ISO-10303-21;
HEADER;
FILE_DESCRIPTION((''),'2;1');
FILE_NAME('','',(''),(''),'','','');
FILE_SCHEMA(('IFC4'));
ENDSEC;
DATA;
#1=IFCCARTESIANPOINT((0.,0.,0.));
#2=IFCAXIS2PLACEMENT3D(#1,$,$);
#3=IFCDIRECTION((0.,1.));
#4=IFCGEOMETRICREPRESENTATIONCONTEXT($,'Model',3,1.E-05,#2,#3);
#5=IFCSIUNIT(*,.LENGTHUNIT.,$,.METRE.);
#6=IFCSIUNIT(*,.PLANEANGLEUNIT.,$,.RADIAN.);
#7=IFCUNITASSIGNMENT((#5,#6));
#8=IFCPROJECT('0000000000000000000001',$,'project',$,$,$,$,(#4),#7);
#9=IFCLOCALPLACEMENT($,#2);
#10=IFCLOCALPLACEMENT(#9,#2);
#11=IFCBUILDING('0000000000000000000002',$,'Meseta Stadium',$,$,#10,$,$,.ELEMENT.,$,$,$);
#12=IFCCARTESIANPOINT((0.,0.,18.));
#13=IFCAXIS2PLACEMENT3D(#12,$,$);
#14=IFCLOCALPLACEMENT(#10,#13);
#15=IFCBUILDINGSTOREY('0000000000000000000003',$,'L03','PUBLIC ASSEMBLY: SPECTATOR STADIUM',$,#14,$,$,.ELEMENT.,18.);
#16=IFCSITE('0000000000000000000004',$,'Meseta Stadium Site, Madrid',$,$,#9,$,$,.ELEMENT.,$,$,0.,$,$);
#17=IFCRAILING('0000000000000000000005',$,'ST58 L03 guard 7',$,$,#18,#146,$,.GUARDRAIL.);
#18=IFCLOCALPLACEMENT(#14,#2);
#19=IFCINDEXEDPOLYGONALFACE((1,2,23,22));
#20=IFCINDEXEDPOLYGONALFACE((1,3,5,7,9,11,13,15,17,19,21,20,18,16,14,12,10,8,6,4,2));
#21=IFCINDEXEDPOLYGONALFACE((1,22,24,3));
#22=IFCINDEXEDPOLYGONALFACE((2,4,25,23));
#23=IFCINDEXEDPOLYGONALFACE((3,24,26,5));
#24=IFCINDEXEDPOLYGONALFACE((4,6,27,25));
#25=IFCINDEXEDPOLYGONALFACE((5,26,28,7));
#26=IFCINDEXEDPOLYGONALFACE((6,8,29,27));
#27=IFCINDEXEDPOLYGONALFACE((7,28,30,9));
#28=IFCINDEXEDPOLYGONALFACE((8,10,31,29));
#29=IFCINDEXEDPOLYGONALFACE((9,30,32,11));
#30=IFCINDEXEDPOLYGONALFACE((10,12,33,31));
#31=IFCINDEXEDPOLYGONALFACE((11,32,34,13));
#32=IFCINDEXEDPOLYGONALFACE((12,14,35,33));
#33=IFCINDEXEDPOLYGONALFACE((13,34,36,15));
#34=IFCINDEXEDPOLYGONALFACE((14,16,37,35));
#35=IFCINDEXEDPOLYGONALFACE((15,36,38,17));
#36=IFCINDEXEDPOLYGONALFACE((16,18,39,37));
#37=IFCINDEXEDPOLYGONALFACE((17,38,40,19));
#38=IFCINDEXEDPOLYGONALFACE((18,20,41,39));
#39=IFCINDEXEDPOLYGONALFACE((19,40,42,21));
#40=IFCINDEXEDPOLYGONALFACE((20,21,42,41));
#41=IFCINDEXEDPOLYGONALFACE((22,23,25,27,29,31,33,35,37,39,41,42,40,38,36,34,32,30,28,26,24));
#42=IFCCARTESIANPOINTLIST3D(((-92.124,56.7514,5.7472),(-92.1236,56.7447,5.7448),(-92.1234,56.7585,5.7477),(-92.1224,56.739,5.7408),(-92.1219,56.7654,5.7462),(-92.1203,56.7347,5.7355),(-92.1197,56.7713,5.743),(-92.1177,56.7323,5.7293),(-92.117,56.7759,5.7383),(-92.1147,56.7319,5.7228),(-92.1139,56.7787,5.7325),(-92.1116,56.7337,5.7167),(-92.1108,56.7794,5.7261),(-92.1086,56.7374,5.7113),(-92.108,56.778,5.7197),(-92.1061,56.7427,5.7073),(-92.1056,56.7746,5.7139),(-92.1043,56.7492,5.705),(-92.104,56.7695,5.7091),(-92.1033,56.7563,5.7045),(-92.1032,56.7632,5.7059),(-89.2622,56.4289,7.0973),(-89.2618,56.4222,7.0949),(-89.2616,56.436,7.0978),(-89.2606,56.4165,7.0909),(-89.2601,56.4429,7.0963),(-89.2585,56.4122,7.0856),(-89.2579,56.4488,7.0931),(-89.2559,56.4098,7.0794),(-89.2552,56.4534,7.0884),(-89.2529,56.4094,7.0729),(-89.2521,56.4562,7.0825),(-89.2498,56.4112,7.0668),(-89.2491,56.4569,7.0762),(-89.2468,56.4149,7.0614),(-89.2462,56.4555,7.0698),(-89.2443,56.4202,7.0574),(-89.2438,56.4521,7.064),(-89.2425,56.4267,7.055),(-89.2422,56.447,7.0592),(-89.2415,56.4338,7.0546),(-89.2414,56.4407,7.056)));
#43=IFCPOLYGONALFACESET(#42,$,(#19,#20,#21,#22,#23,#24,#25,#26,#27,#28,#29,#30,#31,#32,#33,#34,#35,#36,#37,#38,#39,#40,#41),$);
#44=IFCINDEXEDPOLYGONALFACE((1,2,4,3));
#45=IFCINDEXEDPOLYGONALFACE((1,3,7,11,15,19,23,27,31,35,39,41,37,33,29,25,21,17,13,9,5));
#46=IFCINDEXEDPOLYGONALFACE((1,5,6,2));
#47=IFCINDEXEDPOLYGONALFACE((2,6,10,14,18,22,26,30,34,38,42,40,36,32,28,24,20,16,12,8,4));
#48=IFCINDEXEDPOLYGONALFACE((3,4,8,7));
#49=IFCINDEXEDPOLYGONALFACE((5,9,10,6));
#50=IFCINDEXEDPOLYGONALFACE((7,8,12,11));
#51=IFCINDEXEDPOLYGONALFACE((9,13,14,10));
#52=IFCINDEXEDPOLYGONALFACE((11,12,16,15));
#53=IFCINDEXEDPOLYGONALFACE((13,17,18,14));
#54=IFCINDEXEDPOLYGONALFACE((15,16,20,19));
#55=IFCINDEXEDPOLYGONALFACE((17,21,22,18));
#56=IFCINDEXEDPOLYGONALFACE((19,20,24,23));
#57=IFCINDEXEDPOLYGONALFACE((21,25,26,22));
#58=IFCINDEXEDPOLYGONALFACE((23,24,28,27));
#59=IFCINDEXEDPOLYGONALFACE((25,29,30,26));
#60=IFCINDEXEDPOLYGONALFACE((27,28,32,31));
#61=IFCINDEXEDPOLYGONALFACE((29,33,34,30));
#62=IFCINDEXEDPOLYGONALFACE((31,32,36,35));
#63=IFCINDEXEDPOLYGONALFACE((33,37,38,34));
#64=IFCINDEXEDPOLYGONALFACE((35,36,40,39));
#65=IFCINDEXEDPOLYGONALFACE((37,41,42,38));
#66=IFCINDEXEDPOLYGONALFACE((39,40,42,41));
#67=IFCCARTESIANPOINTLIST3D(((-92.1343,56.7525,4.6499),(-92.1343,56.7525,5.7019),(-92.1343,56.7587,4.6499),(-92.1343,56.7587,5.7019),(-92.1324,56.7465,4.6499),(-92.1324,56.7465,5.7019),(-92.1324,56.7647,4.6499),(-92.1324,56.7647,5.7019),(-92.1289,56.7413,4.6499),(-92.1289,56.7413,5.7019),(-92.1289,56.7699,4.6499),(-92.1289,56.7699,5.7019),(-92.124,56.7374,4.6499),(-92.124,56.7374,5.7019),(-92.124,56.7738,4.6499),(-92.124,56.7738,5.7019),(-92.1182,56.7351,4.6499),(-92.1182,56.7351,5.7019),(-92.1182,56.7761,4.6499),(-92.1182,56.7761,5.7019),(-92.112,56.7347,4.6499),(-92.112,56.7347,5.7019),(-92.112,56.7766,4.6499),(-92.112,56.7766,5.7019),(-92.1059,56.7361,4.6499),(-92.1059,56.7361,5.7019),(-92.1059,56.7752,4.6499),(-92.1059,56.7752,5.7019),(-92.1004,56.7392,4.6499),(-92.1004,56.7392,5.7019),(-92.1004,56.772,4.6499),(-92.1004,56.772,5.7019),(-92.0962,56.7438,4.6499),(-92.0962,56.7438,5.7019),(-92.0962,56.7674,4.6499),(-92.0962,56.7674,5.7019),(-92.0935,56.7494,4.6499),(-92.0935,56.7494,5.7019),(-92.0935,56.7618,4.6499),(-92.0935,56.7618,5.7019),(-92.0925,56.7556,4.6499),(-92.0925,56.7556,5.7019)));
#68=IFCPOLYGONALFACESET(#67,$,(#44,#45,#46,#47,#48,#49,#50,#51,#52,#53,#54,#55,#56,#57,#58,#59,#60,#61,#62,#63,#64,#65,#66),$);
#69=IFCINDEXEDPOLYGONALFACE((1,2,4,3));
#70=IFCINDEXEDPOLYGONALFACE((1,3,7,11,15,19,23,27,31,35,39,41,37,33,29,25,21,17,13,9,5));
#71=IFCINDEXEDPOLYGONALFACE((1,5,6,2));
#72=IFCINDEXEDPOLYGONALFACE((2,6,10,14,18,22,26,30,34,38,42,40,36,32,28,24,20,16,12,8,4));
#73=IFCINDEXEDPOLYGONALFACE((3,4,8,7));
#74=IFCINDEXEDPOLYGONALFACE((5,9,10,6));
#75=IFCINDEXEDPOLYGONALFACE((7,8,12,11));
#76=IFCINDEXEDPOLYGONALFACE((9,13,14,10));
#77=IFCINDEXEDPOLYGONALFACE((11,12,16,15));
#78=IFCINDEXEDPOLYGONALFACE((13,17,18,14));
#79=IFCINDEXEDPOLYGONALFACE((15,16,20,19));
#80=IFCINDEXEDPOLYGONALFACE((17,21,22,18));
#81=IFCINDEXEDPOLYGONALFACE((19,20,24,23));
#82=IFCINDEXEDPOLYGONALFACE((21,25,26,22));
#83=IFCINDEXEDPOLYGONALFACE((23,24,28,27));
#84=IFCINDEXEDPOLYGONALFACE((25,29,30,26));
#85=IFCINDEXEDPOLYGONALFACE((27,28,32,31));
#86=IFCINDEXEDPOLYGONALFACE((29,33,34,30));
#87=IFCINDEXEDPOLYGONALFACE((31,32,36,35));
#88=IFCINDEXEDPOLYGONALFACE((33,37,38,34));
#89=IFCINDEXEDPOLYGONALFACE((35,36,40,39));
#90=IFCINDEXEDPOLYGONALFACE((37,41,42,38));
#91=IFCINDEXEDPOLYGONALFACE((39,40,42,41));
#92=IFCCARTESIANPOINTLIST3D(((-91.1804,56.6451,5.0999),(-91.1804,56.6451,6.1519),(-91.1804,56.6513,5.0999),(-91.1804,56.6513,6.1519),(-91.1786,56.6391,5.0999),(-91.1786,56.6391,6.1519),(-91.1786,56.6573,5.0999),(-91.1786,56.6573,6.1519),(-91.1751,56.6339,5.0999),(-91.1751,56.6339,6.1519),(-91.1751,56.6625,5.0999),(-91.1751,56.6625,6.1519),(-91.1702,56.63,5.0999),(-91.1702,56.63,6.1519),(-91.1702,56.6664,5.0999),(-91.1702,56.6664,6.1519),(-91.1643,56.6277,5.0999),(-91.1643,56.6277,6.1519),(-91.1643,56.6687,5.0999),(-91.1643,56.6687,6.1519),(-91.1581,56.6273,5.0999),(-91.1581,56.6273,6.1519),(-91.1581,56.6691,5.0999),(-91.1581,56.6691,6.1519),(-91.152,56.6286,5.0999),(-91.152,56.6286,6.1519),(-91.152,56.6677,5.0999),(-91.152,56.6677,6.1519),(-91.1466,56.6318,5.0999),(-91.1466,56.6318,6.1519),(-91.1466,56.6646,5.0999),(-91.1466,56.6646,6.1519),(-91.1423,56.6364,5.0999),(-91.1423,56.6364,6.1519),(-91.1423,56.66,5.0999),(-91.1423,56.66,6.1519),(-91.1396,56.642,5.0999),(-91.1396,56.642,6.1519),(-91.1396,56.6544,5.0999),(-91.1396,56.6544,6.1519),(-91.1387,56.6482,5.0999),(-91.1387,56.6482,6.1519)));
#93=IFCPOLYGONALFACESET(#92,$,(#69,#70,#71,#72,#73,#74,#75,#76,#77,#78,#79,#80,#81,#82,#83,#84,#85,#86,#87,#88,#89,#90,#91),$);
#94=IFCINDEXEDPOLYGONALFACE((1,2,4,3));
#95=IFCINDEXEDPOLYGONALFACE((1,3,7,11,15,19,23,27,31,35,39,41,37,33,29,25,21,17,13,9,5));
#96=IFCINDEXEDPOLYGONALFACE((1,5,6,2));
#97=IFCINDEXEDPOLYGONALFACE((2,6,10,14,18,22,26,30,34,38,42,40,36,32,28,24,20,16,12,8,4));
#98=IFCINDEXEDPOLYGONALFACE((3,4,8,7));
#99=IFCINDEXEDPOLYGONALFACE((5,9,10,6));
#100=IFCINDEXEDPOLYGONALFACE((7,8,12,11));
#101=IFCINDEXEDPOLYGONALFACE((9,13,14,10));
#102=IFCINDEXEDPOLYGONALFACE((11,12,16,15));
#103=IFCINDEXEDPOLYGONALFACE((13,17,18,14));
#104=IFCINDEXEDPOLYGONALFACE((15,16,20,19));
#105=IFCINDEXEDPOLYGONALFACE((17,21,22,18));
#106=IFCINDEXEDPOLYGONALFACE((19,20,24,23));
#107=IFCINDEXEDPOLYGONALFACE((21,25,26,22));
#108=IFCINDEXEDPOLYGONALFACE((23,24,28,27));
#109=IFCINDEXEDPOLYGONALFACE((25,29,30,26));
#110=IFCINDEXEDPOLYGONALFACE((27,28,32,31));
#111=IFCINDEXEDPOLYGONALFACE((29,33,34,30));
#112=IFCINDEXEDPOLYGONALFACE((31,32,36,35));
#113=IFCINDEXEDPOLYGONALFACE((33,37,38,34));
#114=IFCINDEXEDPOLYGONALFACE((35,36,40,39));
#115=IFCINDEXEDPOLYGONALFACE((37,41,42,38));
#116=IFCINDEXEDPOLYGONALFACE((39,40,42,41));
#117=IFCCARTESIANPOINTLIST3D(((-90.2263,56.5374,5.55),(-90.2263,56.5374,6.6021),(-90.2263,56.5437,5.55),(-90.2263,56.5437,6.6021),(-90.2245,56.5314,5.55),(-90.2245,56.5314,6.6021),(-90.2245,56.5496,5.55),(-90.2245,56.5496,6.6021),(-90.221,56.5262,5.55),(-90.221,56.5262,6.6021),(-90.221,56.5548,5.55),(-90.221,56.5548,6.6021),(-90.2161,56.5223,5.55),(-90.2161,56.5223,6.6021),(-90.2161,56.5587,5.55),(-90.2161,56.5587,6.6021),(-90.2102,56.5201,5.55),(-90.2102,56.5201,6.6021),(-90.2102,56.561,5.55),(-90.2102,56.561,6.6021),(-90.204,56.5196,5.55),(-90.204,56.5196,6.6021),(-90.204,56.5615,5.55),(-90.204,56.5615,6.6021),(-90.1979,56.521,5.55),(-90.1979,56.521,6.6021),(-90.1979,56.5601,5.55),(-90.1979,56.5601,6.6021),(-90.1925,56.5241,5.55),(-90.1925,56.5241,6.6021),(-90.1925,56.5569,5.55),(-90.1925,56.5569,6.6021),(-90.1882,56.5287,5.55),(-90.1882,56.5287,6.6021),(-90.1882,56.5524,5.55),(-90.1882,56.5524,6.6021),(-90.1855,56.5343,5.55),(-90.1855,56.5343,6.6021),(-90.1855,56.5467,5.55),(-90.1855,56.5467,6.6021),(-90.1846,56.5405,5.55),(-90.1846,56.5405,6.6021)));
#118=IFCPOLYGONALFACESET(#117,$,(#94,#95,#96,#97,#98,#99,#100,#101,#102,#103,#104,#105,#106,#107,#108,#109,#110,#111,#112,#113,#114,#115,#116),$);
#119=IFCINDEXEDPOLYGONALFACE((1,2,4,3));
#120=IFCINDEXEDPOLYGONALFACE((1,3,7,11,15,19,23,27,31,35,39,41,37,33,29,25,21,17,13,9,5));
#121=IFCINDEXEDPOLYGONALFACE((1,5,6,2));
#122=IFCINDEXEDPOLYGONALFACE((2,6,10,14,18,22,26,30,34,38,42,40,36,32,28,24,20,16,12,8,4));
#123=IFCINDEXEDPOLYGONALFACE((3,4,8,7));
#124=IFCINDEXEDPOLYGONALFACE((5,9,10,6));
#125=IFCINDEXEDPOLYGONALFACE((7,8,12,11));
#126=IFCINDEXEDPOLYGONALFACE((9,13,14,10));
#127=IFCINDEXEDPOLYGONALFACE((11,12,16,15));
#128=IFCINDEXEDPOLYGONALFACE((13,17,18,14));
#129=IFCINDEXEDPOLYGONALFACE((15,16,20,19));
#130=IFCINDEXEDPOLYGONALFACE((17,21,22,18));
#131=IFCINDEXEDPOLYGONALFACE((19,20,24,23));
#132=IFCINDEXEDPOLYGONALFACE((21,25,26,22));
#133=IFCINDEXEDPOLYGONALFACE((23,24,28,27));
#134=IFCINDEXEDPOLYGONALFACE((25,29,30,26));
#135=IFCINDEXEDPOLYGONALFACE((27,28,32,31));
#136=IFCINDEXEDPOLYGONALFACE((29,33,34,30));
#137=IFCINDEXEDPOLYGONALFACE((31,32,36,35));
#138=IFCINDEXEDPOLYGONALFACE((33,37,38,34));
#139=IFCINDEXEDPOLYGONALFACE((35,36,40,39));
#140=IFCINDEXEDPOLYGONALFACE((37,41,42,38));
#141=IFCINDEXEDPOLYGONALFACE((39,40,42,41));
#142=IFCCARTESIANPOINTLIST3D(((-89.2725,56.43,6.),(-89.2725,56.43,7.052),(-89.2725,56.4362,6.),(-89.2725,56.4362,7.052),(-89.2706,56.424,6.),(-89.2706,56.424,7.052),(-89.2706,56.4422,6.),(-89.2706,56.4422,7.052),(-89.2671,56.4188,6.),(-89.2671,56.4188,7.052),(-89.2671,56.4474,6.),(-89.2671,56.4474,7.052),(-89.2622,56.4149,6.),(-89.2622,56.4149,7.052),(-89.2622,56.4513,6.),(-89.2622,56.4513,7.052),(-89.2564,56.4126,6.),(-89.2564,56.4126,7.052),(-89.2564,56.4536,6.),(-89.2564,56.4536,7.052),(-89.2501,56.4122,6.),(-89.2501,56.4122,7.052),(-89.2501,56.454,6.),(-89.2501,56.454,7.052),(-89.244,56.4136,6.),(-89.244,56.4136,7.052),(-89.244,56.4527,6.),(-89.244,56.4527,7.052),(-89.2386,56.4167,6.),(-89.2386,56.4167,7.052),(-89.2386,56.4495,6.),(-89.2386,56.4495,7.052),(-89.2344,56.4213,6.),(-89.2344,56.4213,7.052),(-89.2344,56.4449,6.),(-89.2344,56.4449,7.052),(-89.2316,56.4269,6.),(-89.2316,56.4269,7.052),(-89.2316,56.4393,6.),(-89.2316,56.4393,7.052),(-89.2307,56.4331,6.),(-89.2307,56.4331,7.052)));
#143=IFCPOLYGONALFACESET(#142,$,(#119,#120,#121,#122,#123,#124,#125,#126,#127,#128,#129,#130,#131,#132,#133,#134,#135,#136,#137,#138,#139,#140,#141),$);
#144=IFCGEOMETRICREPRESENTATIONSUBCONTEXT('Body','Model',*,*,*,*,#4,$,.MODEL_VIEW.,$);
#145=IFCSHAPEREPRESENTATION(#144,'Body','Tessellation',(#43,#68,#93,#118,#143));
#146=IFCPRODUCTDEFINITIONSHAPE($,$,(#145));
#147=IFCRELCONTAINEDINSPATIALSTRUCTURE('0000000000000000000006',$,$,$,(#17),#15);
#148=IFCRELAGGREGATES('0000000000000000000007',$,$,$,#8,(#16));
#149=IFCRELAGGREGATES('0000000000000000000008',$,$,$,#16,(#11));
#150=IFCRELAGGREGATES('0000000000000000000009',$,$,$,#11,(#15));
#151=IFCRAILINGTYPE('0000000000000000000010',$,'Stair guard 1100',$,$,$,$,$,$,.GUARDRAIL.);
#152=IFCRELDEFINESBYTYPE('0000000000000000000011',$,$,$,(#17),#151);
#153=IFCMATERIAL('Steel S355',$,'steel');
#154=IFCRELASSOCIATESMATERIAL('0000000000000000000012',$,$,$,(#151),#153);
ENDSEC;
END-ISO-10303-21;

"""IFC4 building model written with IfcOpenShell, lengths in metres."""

from ifc_helpers import new_model, si_unit, direction, frame, origin, origin_2d, place, context, subcontext, project, spatial, circle, extrude, material, type_object, element, save


model = new_model("IFC4")

# Units and contexts
model_context = context("Model", 3, precision=1e-05, world=origin(), true_north=direction((0.0, 1.0)))
body_context = subcontext(model_context, "Body", "Model", "MODEL_VIEW")
ifc_project = project(units=[si_unit("LENGTHUNIT", "METRE"), si_unit("PLANEANGLEUNIT", "RADIAN")], contexts=[model_context])

# Site, building, storey
site_placement = place(None, origin())
site = spatial("IfcSite", under=ifc_project, at=site_placement, Name="Meseta Stadium Site, Madrid", CompositionType="ELEMENT", RefElevation=0.0)
building_placement = place(site_placement, origin())
building = spatial("IfcBuilding", under=site, at=building_placement, Name="Meseta Stadium", CompositionType="ELEMENT")
storey_placement = place(building_placement, frame((0.0, 0.0, 18.0)))
storey = spatial("IfcBuildingStorey", under=building, at=storey_placement, Name="L03", Description="PUBLIC ASSEMBLY: SPECTATOR STADIUM", CompositionType="ELEMENT", Elevation=18.0)

# Railing
ifc_material_1 = material(Name="Steel S355", Category="steel")
railing_type_1 = type_object("IfcRailingType", Name="Stair guard 1100", PredefinedType="GUARDRAIL", material=ifc_material_1)
railing_1_placement = place(storey_placement, frame((-92.1135, 56.7556, 4.6499)))
element("IfcRailing", 1, at=railing_1_placement, inside=storey, type_object=railing_type_1, Name="ST58 L03 guard 7", PredefinedType="GUARDRAIL", context=body_context, shape_type="SweptSolid", body=[
    extrude(circle(Radius=0.0239, at=origin_2d()), frame((0.0, 0.0, 1.0762), z_axis=(0.899748, -0.101396, 0.424467), x_axis=(0.111985, 0.99371, 0.0)), (0.0, 0.0, 1.0), 3.1807),
    extrude(circle(Radius=0.021, at=origin_2d()), origin(), (0.0, 0.0, 1.0), 1.052),
    extrude(circle(Radius=0.021, at=origin_2d()), frame((0.9539, -0.1074, 0.45)), (0.0, 0.0, 1.0), 1.052),
    extrude(circle(Radius=0.021, at=origin_2d()), frame((1.908, -0.2151, 0.9001)), (0.0, 0.0, 1.0), 1.052),
    extrude(circle(Radius=0.021, at=origin_2d()), frame((2.8618, -0.3225, 1.3501)), (0.0, 0.0, 1.0), 1.052),
])

save(model, "model.ifc")
